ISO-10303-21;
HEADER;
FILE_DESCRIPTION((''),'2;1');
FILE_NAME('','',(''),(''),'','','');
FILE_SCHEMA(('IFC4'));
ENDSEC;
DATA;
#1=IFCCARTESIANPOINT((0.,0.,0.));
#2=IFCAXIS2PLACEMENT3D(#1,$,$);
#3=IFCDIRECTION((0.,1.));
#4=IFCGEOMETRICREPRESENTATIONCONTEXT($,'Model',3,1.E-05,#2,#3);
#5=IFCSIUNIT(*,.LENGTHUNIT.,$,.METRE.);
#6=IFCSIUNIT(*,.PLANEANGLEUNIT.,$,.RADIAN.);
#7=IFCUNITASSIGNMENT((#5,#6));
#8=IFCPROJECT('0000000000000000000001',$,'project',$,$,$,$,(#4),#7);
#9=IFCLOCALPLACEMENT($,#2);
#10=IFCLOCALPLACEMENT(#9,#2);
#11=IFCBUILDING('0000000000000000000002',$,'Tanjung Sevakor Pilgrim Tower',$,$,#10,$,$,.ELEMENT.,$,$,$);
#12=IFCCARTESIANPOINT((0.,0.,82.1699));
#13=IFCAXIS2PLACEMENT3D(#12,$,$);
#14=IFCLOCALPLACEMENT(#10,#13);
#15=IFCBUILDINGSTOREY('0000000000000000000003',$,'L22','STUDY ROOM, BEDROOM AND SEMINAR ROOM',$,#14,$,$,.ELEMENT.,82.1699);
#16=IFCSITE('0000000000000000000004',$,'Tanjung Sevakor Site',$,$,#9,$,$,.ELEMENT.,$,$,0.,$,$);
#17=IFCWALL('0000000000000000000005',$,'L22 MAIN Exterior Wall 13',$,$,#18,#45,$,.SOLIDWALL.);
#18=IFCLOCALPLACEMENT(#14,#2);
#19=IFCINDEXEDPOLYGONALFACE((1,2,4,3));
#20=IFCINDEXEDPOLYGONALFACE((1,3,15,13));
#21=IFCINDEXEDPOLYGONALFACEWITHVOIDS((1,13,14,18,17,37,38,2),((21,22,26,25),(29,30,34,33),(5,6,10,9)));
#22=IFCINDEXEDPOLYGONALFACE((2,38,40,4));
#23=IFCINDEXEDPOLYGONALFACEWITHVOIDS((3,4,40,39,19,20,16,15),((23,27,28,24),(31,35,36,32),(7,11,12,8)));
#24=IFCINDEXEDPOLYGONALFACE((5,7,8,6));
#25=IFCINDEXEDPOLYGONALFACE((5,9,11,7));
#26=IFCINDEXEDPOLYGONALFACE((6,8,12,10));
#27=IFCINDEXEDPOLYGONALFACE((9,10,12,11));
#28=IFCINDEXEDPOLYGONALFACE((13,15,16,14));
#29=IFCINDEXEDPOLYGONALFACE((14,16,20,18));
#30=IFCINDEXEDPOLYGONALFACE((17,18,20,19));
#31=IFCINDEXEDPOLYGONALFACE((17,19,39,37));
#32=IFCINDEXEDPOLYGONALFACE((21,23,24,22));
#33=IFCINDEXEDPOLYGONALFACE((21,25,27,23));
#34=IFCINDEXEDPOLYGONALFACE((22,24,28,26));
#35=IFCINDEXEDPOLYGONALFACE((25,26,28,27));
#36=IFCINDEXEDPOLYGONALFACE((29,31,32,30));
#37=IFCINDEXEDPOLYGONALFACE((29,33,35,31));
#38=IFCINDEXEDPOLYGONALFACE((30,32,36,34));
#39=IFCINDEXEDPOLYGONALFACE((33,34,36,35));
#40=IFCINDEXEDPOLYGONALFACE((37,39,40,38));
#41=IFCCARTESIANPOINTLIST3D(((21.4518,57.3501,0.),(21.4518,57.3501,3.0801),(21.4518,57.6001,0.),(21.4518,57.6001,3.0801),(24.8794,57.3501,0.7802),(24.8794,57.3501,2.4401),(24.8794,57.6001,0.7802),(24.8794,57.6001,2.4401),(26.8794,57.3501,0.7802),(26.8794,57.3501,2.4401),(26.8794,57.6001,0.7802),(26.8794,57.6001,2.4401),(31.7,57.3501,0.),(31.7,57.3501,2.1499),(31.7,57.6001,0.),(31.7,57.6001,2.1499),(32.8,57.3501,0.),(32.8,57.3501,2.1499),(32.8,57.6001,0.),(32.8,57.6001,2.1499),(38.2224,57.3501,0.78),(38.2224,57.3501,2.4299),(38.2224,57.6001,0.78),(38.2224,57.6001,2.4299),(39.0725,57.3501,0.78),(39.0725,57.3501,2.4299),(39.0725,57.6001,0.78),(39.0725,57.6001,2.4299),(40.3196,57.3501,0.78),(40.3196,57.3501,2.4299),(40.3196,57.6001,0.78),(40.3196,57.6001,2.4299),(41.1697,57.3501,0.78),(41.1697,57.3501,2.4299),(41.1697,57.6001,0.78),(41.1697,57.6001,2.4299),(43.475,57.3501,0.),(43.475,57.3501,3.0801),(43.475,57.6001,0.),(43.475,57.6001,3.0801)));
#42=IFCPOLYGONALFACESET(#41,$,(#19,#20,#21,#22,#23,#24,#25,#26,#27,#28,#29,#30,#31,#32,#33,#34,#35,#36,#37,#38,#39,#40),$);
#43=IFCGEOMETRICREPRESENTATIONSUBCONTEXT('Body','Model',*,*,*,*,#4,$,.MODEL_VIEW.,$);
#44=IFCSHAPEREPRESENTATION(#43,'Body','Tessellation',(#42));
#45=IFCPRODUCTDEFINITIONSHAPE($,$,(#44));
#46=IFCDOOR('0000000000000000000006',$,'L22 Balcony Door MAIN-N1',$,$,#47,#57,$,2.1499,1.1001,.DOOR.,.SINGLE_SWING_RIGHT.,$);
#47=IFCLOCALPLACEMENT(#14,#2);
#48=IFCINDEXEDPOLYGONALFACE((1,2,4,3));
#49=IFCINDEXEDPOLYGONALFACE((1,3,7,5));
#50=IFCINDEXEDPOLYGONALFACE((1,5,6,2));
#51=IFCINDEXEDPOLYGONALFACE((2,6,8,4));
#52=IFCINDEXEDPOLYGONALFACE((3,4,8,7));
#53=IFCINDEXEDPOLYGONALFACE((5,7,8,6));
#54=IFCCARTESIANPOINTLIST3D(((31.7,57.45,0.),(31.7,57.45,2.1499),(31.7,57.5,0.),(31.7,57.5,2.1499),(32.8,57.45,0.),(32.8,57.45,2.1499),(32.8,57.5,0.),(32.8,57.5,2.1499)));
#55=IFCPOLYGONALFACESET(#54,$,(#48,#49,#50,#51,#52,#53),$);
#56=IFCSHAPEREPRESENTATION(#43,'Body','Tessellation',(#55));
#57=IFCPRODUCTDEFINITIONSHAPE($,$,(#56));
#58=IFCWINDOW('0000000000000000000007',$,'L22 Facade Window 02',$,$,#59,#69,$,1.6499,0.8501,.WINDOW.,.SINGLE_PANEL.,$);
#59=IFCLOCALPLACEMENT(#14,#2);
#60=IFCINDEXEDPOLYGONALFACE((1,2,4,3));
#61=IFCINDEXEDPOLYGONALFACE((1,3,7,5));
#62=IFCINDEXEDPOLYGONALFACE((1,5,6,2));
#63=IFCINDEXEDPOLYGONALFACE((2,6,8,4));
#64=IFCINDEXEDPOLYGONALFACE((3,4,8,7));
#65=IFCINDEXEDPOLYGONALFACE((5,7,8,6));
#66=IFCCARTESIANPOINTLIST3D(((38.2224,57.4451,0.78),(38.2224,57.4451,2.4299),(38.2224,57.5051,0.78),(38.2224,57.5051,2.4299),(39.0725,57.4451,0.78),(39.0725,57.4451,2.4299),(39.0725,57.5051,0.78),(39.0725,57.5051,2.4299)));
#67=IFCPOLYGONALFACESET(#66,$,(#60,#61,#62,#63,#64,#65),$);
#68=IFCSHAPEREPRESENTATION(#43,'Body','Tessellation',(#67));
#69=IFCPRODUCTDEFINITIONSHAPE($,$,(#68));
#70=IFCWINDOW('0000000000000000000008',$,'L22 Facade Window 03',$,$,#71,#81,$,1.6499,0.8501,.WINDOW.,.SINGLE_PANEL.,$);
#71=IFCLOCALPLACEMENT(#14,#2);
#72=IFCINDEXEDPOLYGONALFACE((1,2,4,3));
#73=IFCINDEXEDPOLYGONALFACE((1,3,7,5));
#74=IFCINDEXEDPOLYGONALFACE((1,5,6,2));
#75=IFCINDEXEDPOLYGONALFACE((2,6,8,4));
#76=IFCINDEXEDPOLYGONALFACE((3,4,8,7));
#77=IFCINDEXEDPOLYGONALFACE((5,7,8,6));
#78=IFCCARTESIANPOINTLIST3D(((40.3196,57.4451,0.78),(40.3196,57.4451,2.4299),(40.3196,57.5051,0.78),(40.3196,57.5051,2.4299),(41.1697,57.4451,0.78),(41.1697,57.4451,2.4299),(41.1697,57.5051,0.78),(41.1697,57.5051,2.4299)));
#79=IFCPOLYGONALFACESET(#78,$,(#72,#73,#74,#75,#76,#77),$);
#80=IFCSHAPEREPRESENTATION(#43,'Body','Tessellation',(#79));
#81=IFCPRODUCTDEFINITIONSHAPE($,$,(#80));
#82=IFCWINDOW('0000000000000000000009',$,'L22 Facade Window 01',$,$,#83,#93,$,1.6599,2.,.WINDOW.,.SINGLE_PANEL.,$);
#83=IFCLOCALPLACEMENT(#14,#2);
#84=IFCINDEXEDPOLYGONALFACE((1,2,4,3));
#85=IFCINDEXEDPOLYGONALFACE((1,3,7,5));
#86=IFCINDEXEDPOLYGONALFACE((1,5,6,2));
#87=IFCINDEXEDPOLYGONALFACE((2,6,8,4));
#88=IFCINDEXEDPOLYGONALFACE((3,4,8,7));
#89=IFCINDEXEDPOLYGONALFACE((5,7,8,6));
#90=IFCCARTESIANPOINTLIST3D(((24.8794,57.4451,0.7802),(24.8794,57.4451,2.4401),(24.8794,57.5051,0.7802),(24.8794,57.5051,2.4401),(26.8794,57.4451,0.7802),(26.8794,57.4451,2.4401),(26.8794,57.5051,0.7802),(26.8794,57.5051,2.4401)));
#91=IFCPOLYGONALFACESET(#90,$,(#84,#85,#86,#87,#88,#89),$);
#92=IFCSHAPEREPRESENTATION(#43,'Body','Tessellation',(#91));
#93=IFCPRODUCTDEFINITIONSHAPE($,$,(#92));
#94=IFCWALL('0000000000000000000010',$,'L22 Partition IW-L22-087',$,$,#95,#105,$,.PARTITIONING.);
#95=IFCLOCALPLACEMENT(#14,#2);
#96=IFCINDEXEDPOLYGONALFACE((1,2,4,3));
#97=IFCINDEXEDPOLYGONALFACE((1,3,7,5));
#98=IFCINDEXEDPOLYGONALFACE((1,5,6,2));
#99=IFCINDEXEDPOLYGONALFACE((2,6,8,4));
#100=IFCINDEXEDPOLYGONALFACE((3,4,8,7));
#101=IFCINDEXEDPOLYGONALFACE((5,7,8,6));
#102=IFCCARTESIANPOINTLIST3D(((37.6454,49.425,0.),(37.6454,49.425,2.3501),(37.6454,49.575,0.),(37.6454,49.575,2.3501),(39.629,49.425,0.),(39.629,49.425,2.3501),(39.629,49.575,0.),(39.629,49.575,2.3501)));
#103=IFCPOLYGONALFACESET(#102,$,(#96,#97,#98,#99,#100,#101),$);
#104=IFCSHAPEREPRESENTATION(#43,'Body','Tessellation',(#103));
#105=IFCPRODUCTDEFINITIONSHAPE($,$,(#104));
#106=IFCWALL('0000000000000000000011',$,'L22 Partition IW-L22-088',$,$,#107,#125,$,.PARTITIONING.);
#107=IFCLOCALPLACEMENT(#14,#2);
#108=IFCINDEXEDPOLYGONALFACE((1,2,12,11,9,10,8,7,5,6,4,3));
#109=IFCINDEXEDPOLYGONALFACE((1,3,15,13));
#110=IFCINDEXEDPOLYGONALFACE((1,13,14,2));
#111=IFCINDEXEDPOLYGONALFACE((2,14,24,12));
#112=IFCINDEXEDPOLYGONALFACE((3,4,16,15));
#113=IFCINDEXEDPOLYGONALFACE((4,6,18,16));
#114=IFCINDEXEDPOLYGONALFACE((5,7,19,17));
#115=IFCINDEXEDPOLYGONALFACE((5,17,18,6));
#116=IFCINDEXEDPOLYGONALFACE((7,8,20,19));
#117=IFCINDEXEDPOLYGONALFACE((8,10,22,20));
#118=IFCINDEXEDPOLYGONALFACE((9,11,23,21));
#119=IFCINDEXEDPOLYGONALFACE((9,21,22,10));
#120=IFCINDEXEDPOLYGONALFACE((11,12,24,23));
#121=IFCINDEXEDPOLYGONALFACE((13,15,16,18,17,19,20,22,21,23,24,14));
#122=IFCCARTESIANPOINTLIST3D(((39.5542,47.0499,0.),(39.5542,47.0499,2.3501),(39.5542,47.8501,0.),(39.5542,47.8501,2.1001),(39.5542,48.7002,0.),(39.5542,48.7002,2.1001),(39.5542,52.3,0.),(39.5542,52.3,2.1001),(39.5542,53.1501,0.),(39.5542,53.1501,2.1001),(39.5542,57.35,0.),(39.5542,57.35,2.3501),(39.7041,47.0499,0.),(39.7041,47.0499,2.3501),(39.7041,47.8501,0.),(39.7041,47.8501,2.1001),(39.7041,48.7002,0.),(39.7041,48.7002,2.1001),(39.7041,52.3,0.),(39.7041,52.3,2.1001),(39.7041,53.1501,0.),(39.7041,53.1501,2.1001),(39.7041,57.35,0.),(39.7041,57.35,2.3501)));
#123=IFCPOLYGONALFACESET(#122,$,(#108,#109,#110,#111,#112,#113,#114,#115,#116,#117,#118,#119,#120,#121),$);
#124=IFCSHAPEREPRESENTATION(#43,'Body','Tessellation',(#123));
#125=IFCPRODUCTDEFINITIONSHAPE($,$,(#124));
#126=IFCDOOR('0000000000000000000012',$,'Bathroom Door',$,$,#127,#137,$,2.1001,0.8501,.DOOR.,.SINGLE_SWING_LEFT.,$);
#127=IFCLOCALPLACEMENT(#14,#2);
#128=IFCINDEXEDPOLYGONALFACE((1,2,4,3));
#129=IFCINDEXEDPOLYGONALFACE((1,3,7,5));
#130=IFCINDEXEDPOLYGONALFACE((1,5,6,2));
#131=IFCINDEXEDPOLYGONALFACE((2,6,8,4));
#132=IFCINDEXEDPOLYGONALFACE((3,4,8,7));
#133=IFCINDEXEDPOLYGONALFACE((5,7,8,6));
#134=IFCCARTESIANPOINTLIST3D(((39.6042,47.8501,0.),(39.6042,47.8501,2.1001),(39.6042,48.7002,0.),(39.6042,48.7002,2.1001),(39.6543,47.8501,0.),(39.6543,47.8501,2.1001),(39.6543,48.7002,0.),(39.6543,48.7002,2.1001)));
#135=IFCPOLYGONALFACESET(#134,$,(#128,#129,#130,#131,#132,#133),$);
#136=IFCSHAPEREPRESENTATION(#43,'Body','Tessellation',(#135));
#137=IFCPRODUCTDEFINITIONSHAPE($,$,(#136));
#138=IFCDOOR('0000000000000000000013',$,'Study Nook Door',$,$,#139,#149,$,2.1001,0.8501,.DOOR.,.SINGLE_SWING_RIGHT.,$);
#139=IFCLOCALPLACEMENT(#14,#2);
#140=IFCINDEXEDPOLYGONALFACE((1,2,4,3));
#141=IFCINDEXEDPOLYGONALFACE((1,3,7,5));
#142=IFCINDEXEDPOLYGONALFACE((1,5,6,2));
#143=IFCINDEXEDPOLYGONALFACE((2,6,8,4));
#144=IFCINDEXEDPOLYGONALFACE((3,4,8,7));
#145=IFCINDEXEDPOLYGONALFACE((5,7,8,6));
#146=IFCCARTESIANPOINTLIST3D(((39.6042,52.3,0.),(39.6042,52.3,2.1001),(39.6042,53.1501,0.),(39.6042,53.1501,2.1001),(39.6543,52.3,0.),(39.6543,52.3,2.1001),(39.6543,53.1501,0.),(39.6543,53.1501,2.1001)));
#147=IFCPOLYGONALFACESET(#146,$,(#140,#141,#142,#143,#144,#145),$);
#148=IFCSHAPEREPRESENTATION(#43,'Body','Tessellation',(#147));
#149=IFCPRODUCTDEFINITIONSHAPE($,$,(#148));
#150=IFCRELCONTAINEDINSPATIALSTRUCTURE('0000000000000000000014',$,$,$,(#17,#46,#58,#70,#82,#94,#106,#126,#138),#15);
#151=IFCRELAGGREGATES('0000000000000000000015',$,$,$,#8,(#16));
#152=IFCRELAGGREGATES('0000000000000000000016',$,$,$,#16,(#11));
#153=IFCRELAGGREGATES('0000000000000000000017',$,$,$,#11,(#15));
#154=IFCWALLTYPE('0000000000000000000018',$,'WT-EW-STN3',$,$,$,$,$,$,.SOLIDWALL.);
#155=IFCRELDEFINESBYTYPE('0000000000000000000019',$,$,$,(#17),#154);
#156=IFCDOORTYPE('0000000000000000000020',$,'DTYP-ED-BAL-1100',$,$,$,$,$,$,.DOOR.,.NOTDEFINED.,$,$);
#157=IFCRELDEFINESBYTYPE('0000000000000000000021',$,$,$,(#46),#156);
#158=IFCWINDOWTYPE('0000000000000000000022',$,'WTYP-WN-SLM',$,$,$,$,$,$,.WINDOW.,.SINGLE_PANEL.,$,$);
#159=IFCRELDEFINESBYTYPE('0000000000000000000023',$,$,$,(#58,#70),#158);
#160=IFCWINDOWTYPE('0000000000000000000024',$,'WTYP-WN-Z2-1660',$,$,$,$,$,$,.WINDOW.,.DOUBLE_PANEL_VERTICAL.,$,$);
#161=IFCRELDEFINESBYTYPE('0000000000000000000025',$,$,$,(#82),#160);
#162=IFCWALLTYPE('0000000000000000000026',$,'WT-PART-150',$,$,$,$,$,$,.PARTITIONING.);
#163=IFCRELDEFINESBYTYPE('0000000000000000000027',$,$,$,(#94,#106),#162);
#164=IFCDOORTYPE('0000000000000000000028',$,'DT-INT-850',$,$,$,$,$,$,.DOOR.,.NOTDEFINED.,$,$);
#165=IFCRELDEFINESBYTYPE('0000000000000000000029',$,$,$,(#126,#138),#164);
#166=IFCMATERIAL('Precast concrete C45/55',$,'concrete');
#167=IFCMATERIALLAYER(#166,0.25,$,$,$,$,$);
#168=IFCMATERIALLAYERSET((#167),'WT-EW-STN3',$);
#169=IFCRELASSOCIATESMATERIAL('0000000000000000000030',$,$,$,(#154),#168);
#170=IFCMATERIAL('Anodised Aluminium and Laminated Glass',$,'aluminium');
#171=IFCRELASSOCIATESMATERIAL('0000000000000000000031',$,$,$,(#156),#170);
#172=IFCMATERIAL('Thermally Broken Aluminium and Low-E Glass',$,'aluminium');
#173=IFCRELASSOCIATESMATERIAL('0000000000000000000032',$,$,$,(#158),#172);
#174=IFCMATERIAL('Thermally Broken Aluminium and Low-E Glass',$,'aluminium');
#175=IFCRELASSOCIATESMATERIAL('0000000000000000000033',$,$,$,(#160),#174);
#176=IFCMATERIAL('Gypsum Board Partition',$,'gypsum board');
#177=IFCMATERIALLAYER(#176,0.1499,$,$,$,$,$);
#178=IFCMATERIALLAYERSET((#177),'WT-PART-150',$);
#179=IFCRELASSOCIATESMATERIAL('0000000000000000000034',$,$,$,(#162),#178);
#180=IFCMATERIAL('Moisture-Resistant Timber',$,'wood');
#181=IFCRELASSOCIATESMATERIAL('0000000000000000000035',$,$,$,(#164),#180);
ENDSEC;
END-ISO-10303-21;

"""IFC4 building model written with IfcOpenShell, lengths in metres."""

from ifc_helpers import new_model, si_unit, direction, frame, frame_2d, origin, place, context, subcontext, project, spatial, rectangle, extrude, material, layer, layer_set, type_object, element, fill, save


model = new_model("IFC4")

# Units and contexts
model_context = context("Model", 3, precision=1e-05, world=origin(), true_north=direction((0.0, 1.0)))
body_context = subcontext(model_context, "Body", "Model", "MODEL_VIEW")
ifc_project = project(units=[si_unit("LENGTHUNIT", "METRE"), si_unit("PLANEANGLEUNIT", "RADIAN")], contexts=[model_context])

# Site, building, storey
site_placement = place(None, origin())
site = spatial("IfcSite", under=ifc_project, at=site_placement, Name="Tanjung Sevakor Site", CompositionType="ELEMENT", RefElevation=0.0)
building_placement = place(site_placement, origin())
building = spatial("IfcBuilding", under=site, at=building_placement, Name="Tanjung Sevakor Pilgrim Tower", CompositionType="ELEMENT")
storey_placement = place(building_placement, frame((0.0, 0.0, 82.1699)))
storey = spatial("IfcBuildingStorey", under=building, at=storey_placement, Name="L22", Description="STUDY ROOM, BEDROOM AND SEMINAR ROOM", CompositionType="ELEMENT", Elevation=82.1699)

# Shared definitions
ifc_material_1 = material(Name="Precast concrete C45/55", Category="concrete")
ifc_layer_1 = layer(ifc_material_1, 0.25)
ifc_layer_set_1 = layer_set([ifc_layer_1], Name="WT-EW-STN3")
wall_type_1 = type_object("IfcWallType", Name="WT-EW-STN3", PredefinedType="SOLIDWALL", material=ifc_layer_set_1)

# Wall, openings, door, windows
wall_1_placement = place(storey_placement, frame((43.4751, 57.4751, 0.0), z_axis=(0.0, 0.0, 1.0), x_axis=(-1.0, 0.0, 0.0)))
wall_1 = element("IfcWall", 1, at=wall_1_placement, inside=storey, type_object=wall_type_1, Name="L22 MAIN Exterior Wall 13", PredefinedType="SOLIDWALL", context=body_context, shape_type="SweptSolid", body=[
    extrude(rectangle(XDim=22.0232, YDim=0.25, at=frame_2d((11.0117, 0.0))), origin(), (0.0, 0.0, 1.0), 3.0801),
])
opening_1_placement = place(wall_1_placement, frame((10.675, 0.0, 0.0)))
opening_1 = element("IfcOpeningElement", 2, at=opening_1_placement, cuts=wall_1, PredefinedType="OPENING", context=body_context, shape_type="SweptSolid", body=[
    extrude(rectangle(XDim=1.1001, YDim=2.1499, at=frame_2d((0.55, 1.075))), frame((0.0, 0.135, 0.0), z_axis=(0.0, -1.0, 0.0), x_axis=(1.0, 0.0, 0.0)), (0.0, 0.0, 1.0), 0.27),
])
opening_2_placement = place(wall_1_placement, frame((16.5957, 0.0, 0.78)))
opening_2 = element("IfcOpeningElement", 3, at=opening_2_placement, cuts=wall_1, PredefinedType="OPENING", context=body_context, shape_type="SweptSolid", body=[
    extrude(rectangle(XDim=2.0, YDim=1.6599, at=frame_2d((1.0, 0.8301))), frame((0.0, 0.135, 0.0), z_axis=(0.0, -1.0, 0.0), x_axis=(1.0, 0.0, 0.0)), (0.0, 0.0, 1.0), 0.27),
])
opening_3_placement = place(wall_1_placement, frame((4.4026, 0.0, 0.78)))
opening_3 = element("IfcOpeningElement", 4, at=opening_3_placement, cuts=wall_1, PredefinedType="OPENING", context=body_context, shape_type="SweptSolid", body=[
    extrude(rectangle(XDim=0.8501, YDim=1.6499, at=frame_2d((0.425, 0.825))), frame((0.0, 0.135, 0.0), z_axis=(0.0, -1.0, 0.0), x_axis=(1.0, 0.0, 0.0)), (0.0, 0.0, 1.0), 0.27),
])
opening_4_placement = place(wall_1_placement, frame((2.3054, 0.0, 0.78)))
opening_4 = element("IfcOpeningElement", 5, at=opening_4_placement, cuts=wall_1, PredefinedType="OPENING", context=body_context, shape_type="SweptSolid", body=[
    extrude(rectangle(XDim=0.8501, YDim=1.6499, at=frame_2d((0.425, 0.825))), frame((0.0, 0.135, 0.0), z_axis=(0.0, -1.0, 0.0), x_axis=(1.0, 0.0, 0.0)), (0.0, 0.0, 1.0), 0.27),
])
ifc_material_2 = material(Name="Anodised Aluminium and Laminated Glass", Category="aluminium")
door_type_1 = type_object("IfcDoorType", Name="DTYP-ED-BAL-1100", OperationType="NOTDEFINED", PredefinedType="DOOR", material=ifc_material_2)
door_1_placement = place(opening_1_placement, frame((1.1001, 0.0, 0.0), z_axis=(0.0, 0.0, 1.0), x_axis=(-1.0, 0.0, 0.0)))
door_1 = element("IfcDoor", 6, at=door_1_placement, inside=storey, type_object=door_type_1, Name="L22 Balcony Door MAIN-N1", OperationType="SINGLE_SWING_RIGHT", OverallHeight=2.1499, OverallWidth=1.1001, PredefinedType="DOOR", context=body_context, shape_type="SweptSolid", body=[
    extrude(rectangle(XDim=1.1001, YDim=2.1499, at=frame_2d((0.55, 1.075))), frame((0.0, 0.0249, 0.0), z_axis=(0.0, -1.0, 0.0), x_axis=(1.0, 0.0, 0.0)), (0.0, 0.0, 1.0), 0.05),
])
fill(opening_1, door_1)
ifc_material_3 = material(Name="Thermally Broken Aluminium and Low-E Glass", Category="aluminium")
window_type_1 = type_object("IfcWindowType", Name="WTYP-WN-SLM", PartitioningType="SINGLE_PANEL", PredefinedType="WINDOW", material=ifc_material_3)
window_1_placement = place(opening_3_placement, origin())
window_1 = element("IfcWindow", 7, at=window_1_placement, inside=storey, type_object=window_type_1, Name="L22 Facade Window 02", OverallHeight=1.6499, OverallWidth=0.8501, PartitioningType="SINGLE_PANEL", PredefinedType="WINDOW", context=body_context, shape_type="SweptSolid", body=[
    extrude(rectangle(XDim=0.8501, YDim=1.6499, at=frame_2d((0.425, 0.825))), frame((0.0, 0.03, 0.0), z_axis=(0.0, -1.0, 0.0), x_axis=(1.0, 0.0, 0.0)), (0.0, 0.0, 1.0), 0.0601),
])
fill(opening_3, window_1)
window_2_placement = place(opening_4_placement, origin())
window_2 = element("IfcWindow", 8, at=window_2_placement, inside=storey, type_object=window_type_1, Name="L22 Facade Window 03", OverallHeight=1.6499, OverallWidth=0.8501, PartitioningType="SINGLE_PANEL", PredefinedType="WINDOW", context=body_context, shape_type="SweptSolid", body=[
    extrude(rectangle(XDim=0.8501, YDim=1.6499, at=frame_2d((0.425, 0.825))), frame((0.0, 0.03, 0.0), z_axis=(0.0, -1.0, 0.0), x_axis=(1.0, 0.0, 0.0)), (0.0, 0.0, 1.0), 0.0601),
])
fill(opening_4, window_2)
ifc_material_4 = material(Name="Thermally Broken Aluminium and Low-E Glass", Category="aluminium")
window_type_2 = type_object("IfcWindowType", Name="WTYP-WN-Z2-1660", PartitioningType="DOUBLE_PANEL_VERTICAL", PredefinedType="WINDOW", material=ifc_material_4)
window_3_placement = place(opening_2_placement, origin())
window_3 = element("IfcWindow", 9, at=window_3_placement, inside=storey, type_object=window_type_2, Name="L22 Facade Window 01", OverallHeight=1.6599, OverallWidth=2.0, PartitioningType="SINGLE_PANEL", PredefinedType="WINDOW", context=body_context, shape_type="SweptSolid", body=[
    extrude(rectangle(XDim=2.0, YDim=1.6599, at=frame_2d((1.0, 0.8301))), frame((0.0, 0.03, 0.0), z_axis=(0.0, -1.0, 0.0), x_axis=(1.0, 0.0, 0.0)), (0.0, 0.0, 1.0), 0.0601),
])
fill(opening_2, window_3)

# Wall
ifc_material_5 = material(Name="Gypsum Board Partition", Category="gypsum board")
ifc_layer_2 = layer(ifc_material_5, 0.1499)
ifc_layer_set_2 = layer_set([ifc_layer_2], Name="WT-PART-150")
wall_type_2 = type_object("IfcWallType", Name="WT-PART-150", PredefinedType="PARTITIONING", material=ifc_layer_set_2)
wall_2_placement = place(storey_placement, frame((37.6455, 49.5, 0.0), z_axis=(0.0, 0.0, 1.0), x_axis=(1.0, 0.0, 0.0)))
element("IfcWall", 10, at=wall_2_placement, inside=storey, type_object=wall_type_2, Name="L22 Partition IW-L22-087", PredefinedType="PARTITIONING", context=body_context, shape_type="SweptSolid", body=[
    extrude(rectangle(XDim=1.9836, YDim=0.1499, at=frame_2d((0.9917, 0.0))), origin(), (0.0, 0.0, 1.0), 2.3501),
])

# Wall, openings, doors
wall_3_placement = place(storey_placement, frame((39.6292, 47.05, 0.0), z_axis=(0.0, 0.0, 1.0), x_axis=(0.0, 1.0, 0.0)))
wall_3 = element("IfcWall", 11, at=wall_3_placement, inside=storey, type_object=wall_type_2, Name="L22 Partition IW-L22-088", PredefinedType="PARTITIONING", context=body_context, shape_type="SweptSolid", body=[
    extrude(rectangle(XDim=10.3, YDim=0.1499, at=frame_2d((5.1499, 0.0))), origin(), (0.0, 0.0, 1.0), 2.3501),
])
opening_5_placement = place(wall_3_placement, frame((0.8, 0.0, 0.0)))
opening_5 = element("IfcOpeningElement", 12, at=opening_5_placement, cuts=wall_3, PredefinedType="OPENING", context=body_context, shape_type="SweptSolid", body=[
    extrude(rectangle(XDim=0.8501, YDim=2.1001, at=frame_2d((0.425, 1.05))), frame((0.0, 0.085, 0.0), z_axis=(0.0, -1.0, 0.0), x_axis=(1.0, 0.0, 0.0)), (0.0, 0.0, 1.0), 0.1699),
])
opening_6_placement = place(wall_3_placement, frame((5.25, 0.0, 0.0)))
opening_6 = element("IfcOpeningElement", 13, at=opening_6_placement, cuts=wall_3, PredefinedType="OPENING", context=body_context, shape_type="SweptSolid", body=[
    extrude(rectangle(XDim=0.8501, YDim=2.1001, at=frame_2d((0.425, 1.05))), frame((0.0, 0.085, 0.0), z_axis=(0.0, -1.0, 0.0), x_axis=(1.0, 0.0, 0.0)), (0.0, 0.0, 1.0), 0.1699),
])
ifc_material_6 = material(Name="Moisture-Resistant Timber", Category="wood")
door_type_2 = type_object("IfcDoorType", Name="DT-INT-850", OperationType="NOTDEFINED", PredefinedType="DOOR", material=ifc_material_6)
door_2_placement = place(opening_5_placement, origin())
door_2 = element("IfcDoor", 14, at=door_2_placement, inside=storey, type_object=door_type_2, Name="Bathroom Door", OperationType="SINGLE_SWING_LEFT", OverallHeight=2.1001, OverallWidth=0.8501, PredefinedType="DOOR", context=body_context, shape_type="SweptSolid", body=[
    extrude(rectangle(XDim=0.8501, YDim=2.1001, at=frame_2d((0.425, 1.05))), frame((0.0, 0.0249, 0.0), z_axis=(0.0, -1.0, 0.0), x_axis=(1.0, 0.0, 0.0)), (0.0, 0.0, 1.0), 0.05),
])
fill(opening_5, door_2)
door_3_placement = place(opening_6_placement, origin())
door_3 = element("IfcDoor", 15, at=door_3_placement, inside=storey, type_object=door_type_2, Name="Study Nook Door", OperationType="SINGLE_SWING_RIGHT", OverallHeight=2.1001, OverallWidth=0.8501, PredefinedType="DOOR", context=body_context, shape_type="SweptSolid", body=[
    extrude(rectangle(XDim=0.8501, YDim=2.1001, at=frame_2d((0.425, 1.05))), frame((0.0, 0.0249, 0.0), z_axis=(0.0, -1.0, 0.0), x_axis=(1.0, 0.0, 0.0)), (0.0, 0.0, 1.0), 0.05),
])
fill(opening_6, door_3)

save(model, "model.ifc")
